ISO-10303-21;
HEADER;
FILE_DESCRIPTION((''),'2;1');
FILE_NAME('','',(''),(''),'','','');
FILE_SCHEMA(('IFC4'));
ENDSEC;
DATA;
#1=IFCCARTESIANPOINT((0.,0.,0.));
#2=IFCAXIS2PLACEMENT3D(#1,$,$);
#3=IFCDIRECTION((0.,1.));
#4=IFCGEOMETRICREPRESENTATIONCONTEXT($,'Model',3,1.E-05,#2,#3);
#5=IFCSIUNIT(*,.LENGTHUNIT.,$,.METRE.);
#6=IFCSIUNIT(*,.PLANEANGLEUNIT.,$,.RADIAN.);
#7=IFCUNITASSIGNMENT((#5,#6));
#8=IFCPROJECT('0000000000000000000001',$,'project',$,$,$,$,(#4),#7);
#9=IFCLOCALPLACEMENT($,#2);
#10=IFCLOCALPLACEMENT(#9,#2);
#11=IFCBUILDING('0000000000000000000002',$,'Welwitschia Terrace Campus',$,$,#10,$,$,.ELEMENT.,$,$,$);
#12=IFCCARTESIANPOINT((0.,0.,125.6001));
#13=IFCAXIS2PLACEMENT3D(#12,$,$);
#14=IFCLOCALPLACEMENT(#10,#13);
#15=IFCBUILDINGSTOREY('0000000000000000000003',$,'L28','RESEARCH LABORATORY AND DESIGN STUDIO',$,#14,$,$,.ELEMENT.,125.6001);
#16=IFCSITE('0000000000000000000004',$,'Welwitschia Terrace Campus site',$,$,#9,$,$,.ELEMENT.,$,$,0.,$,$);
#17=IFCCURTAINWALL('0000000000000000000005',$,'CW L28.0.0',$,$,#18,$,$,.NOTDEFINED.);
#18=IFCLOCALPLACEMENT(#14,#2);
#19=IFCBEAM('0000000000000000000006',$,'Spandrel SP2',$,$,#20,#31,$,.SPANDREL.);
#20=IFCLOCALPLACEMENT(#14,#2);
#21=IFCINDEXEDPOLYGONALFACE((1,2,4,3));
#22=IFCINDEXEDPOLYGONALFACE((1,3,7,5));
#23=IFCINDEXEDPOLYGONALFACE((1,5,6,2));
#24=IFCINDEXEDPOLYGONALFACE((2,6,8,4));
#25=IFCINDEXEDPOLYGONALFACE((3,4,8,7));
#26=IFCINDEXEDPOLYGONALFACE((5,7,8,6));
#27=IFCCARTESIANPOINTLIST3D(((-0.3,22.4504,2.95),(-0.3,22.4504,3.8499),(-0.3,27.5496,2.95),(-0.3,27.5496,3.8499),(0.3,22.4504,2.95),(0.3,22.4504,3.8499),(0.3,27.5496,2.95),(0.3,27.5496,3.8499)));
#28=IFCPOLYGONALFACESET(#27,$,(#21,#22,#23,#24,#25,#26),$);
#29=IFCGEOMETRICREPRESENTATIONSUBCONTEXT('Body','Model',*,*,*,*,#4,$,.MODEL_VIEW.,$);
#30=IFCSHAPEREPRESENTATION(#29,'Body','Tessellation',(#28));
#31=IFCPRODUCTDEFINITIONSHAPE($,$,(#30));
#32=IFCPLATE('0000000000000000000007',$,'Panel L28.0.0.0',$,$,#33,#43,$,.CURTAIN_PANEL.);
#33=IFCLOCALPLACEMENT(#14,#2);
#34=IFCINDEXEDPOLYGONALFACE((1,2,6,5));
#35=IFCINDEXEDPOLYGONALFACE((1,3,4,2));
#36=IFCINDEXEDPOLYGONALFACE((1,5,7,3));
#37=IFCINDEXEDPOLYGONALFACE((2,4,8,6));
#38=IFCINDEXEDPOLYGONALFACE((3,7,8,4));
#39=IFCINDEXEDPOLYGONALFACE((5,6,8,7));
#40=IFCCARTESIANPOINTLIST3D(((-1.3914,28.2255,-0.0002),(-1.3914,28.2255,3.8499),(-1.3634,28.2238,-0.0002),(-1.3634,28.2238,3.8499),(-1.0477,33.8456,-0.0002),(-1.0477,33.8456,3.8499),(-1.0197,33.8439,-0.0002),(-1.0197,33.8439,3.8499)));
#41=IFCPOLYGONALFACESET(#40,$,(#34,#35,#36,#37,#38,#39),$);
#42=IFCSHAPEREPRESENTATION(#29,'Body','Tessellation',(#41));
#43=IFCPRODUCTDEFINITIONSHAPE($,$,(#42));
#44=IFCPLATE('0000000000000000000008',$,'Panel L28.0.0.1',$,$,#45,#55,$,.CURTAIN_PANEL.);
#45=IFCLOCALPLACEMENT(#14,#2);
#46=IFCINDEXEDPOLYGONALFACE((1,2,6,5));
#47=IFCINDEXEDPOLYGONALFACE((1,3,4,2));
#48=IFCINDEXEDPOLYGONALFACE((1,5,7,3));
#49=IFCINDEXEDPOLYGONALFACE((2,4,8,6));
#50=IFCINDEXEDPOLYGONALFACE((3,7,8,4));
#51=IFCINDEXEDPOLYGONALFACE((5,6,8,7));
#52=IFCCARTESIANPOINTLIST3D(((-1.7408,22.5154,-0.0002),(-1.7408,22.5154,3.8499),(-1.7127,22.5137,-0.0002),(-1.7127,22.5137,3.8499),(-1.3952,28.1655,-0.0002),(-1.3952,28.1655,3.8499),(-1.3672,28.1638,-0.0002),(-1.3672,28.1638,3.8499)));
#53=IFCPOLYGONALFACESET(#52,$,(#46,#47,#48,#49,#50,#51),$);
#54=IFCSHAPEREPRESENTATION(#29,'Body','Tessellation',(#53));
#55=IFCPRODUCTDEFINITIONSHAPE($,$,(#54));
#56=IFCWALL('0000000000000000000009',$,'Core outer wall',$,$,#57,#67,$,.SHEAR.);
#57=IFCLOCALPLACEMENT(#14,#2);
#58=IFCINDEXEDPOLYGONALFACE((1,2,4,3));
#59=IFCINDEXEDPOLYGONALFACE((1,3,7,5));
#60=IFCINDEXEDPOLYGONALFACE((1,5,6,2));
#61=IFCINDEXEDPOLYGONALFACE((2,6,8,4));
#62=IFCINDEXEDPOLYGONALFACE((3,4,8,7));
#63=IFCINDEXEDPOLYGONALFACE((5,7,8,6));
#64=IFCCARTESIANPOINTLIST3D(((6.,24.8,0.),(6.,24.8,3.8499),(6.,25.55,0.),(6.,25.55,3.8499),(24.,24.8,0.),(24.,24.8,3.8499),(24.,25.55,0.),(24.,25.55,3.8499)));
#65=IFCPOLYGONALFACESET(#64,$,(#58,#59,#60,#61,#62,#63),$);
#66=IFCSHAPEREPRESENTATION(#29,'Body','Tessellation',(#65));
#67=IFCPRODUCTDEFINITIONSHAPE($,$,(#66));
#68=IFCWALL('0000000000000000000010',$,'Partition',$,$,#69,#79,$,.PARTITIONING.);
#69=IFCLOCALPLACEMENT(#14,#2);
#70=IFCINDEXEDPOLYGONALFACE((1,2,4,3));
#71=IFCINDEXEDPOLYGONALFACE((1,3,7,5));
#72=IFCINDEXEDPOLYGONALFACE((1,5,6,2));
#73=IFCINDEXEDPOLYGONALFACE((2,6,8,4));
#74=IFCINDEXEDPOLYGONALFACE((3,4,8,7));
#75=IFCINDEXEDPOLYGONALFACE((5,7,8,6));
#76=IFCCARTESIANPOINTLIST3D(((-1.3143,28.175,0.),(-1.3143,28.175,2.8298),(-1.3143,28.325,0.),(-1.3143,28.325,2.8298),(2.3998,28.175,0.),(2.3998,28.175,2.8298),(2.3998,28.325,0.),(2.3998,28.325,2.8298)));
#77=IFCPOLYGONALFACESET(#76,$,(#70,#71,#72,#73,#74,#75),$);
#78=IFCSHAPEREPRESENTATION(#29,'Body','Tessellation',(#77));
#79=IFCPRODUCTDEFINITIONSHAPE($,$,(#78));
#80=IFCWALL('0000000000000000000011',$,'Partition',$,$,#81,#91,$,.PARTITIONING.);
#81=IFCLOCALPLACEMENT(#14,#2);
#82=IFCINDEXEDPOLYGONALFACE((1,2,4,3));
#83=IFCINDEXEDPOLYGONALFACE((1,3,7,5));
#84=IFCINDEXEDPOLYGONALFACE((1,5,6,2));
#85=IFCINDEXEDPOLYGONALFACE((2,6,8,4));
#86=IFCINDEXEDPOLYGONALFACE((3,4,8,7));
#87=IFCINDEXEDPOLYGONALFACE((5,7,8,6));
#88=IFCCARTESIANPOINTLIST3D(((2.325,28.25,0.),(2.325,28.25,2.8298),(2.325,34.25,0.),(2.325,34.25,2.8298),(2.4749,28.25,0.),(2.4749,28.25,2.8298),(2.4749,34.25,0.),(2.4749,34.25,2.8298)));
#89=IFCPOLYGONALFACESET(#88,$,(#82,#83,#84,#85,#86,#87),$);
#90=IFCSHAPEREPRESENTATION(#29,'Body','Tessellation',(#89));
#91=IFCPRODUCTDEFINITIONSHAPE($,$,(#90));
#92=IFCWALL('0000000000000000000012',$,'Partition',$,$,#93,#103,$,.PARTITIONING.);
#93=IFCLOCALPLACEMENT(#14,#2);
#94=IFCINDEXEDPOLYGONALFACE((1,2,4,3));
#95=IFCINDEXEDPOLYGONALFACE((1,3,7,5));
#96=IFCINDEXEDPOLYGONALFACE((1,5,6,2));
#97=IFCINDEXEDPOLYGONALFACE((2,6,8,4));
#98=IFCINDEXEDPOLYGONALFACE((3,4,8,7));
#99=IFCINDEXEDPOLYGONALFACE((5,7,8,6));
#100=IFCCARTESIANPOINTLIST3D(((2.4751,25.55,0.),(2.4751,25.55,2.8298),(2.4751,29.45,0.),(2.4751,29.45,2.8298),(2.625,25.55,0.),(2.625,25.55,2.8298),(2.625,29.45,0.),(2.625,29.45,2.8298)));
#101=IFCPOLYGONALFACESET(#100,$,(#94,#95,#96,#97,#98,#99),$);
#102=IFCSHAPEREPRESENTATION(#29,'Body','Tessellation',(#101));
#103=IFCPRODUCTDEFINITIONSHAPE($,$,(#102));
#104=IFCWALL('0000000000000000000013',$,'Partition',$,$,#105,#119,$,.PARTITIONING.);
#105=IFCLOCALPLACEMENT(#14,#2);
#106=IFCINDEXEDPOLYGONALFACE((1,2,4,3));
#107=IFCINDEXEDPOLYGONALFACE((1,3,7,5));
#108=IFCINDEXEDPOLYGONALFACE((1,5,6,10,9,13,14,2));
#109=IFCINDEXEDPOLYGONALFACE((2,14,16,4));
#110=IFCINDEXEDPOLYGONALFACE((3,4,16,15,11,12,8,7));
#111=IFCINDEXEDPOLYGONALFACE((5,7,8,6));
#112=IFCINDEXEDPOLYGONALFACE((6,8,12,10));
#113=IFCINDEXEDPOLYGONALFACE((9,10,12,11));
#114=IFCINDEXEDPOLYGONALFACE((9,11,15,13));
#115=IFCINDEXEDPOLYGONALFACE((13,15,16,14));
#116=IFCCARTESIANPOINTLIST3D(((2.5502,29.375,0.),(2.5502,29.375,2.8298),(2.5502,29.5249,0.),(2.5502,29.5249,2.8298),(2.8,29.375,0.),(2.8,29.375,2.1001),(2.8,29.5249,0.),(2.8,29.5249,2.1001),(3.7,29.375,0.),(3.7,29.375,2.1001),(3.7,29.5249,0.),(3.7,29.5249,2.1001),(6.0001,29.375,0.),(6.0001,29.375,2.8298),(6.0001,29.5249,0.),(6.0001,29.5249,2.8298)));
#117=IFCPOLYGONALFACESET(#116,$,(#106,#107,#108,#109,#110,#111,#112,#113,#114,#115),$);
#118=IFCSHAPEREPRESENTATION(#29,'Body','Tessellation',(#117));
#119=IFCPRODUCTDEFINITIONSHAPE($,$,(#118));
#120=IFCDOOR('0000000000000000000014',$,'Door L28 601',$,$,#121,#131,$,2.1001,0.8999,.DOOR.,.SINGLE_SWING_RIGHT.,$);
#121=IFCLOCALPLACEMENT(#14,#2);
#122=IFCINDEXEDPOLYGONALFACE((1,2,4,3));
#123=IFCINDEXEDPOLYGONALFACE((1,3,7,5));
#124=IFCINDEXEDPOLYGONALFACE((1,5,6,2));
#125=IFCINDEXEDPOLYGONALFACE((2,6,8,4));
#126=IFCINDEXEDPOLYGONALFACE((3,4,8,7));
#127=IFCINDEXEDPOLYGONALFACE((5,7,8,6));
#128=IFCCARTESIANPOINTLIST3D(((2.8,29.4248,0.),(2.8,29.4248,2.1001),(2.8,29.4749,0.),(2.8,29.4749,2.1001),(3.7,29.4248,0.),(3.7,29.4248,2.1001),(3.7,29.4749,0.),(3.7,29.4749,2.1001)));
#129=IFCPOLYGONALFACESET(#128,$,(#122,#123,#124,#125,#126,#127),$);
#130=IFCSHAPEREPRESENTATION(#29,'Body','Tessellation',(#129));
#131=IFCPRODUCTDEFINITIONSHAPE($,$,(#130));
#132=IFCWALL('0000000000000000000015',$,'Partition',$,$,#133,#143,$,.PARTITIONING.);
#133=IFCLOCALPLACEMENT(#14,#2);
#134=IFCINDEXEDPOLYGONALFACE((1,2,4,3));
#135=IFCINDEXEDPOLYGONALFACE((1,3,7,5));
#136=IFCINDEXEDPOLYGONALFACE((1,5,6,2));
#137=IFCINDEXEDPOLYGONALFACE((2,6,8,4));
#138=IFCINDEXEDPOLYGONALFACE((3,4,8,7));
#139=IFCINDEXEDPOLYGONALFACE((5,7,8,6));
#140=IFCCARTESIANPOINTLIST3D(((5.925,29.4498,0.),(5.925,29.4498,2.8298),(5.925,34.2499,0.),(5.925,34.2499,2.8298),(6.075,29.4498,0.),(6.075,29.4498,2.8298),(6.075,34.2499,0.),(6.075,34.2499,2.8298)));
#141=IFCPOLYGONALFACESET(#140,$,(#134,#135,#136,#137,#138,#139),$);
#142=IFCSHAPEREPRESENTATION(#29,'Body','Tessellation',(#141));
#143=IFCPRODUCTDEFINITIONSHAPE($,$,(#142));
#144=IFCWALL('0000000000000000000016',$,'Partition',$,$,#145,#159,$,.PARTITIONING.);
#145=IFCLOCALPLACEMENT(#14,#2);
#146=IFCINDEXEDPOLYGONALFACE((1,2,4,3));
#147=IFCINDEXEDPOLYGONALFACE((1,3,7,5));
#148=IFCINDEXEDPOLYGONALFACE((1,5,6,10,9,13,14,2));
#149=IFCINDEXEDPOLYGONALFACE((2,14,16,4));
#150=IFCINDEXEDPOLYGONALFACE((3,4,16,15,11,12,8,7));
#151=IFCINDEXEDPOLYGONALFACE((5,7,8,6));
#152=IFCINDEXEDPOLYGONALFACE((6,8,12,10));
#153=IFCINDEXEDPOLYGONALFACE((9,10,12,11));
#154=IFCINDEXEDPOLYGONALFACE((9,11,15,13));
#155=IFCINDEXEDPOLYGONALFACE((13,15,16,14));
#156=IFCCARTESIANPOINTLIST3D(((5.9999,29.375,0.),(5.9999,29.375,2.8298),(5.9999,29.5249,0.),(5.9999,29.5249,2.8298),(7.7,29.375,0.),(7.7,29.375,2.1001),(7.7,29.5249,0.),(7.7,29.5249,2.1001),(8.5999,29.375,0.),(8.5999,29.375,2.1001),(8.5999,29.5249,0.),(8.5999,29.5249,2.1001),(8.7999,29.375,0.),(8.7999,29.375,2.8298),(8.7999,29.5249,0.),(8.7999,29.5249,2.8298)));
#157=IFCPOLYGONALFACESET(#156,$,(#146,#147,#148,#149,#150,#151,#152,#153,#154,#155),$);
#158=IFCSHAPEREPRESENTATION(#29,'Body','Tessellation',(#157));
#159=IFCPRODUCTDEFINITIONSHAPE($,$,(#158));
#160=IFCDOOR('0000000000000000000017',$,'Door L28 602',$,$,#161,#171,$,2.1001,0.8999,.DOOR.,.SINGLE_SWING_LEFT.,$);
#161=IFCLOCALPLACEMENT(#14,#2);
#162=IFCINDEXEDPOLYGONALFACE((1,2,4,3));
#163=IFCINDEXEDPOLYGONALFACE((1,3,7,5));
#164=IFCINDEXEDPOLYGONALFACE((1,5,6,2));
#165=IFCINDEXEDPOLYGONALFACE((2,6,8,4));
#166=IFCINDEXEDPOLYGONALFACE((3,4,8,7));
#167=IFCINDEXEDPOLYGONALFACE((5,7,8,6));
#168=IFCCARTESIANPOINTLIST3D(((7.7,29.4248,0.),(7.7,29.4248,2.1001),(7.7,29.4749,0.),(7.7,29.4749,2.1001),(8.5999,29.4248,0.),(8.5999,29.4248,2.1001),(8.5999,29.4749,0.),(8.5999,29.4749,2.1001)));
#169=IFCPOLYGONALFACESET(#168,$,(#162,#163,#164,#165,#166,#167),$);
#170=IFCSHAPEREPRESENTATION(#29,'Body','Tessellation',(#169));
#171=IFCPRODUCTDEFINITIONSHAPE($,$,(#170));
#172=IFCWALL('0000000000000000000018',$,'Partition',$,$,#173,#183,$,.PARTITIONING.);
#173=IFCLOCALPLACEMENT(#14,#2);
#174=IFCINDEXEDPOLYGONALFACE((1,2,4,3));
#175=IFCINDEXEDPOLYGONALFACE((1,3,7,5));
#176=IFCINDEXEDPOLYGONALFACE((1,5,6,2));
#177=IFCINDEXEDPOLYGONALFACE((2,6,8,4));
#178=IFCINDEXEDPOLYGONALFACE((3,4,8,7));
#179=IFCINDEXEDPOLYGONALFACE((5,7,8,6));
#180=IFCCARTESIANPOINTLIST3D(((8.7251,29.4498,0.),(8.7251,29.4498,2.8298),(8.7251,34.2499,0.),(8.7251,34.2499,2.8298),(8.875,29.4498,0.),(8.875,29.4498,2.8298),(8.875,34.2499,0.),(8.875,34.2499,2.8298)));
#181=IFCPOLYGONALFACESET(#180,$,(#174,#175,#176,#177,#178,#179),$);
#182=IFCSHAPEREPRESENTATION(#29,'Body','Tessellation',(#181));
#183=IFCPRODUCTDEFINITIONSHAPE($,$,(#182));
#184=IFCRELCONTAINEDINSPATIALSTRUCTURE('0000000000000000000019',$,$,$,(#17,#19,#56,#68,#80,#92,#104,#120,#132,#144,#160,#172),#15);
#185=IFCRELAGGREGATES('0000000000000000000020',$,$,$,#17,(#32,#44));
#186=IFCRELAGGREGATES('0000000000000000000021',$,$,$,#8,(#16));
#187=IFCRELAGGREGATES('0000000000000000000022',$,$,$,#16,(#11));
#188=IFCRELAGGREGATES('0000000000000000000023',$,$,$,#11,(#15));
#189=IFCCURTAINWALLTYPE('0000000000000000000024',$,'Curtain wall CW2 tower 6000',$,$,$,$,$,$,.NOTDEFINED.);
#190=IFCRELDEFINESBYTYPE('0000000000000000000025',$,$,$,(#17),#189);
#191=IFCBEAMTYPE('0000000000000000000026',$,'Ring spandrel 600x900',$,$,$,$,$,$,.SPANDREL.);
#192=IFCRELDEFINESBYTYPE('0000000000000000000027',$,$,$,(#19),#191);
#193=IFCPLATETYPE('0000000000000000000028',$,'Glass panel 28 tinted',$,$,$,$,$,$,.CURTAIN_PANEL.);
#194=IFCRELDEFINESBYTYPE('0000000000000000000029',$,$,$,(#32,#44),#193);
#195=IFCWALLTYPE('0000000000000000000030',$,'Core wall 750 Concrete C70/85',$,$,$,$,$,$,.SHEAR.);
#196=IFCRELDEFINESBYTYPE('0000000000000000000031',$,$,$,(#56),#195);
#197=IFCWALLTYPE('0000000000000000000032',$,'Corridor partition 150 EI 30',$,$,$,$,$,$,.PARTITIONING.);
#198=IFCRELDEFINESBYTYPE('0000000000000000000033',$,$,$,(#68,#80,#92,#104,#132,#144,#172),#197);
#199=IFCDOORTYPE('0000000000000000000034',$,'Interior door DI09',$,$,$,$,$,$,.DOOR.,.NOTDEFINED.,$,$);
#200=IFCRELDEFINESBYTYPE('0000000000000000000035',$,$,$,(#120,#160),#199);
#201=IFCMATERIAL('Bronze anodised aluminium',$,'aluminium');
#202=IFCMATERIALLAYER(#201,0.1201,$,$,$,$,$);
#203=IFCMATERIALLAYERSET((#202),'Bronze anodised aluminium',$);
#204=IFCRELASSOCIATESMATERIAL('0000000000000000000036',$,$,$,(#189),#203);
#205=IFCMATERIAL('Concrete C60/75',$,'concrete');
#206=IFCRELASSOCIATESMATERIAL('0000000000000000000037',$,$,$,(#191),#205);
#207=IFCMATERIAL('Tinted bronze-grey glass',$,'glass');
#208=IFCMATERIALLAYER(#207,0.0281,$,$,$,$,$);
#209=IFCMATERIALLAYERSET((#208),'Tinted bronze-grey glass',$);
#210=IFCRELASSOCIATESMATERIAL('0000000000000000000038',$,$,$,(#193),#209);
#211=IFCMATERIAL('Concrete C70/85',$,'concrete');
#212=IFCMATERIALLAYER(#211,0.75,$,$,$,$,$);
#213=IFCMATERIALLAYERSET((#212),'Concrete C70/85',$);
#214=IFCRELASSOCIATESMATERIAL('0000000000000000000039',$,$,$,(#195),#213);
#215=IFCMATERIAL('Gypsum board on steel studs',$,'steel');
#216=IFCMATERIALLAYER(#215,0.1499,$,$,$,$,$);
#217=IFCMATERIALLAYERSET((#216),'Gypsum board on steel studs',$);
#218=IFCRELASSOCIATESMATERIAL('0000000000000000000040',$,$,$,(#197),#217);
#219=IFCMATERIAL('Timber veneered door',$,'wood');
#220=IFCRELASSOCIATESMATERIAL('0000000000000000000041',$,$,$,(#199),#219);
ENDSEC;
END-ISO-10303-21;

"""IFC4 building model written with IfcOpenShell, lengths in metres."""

from ifc_helpers import new_model, si_unit, direction, frame, frame_2d, origin, origin_2d, place, context, subcontext, project, spatial, rectangle, extrude, material, layer, layer_set, material_profile, profile_set, type_object, element, fill, aggregate, save


model = new_model("IFC4")

# Units and contexts
model_context = context("Model", 3, precision=1e-05, world=origin(), true_north=direction((0.0, 1.0)))
body_context = subcontext(model_context, "Body", "Model", "MODEL_VIEW")
ifc_project = project(units=[si_unit("LENGTHUNIT", "METRE"), si_unit("PLANEANGLEUNIT", "RADIAN")], contexts=[model_context])

# Site, building, storey
site_placement = place(None, origin())
site = spatial("IfcSite", under=ifc_project, at=site_placement, Name="Welwitschia Terrace Campus site", CompositionType="ELEMENT", RefElevation=0.0)
building_placement = place(site_placement, origin())
building = spatial("IfcBuilding", under=site, at=building_placement, Name="Welwitschia Terrace Campus", CompositionType="ELEMENT")
storey_placement = place(building_placement, frame((0.0, 0.0, 125.6001)))
storey = spatial("IfcBuildingStorey", under=building, at=storey_placement, Name="L28", Description="RESEARCH LABORATORY AND DESIGN STUDIO", CompositionType="ELEMENT", Elevation=125.6001)

# Curtain wall
ifc_material_1 = material(Name="Bronze anodised aluminium", Category="aluminium")
ifc_layer_1 = layer(ifc_material_1, 0.1201)
ifc_layer_set_1 = layer_set([ifc_layer_1], Name="Bronze anodised aluminium")
curtain_wall_type = type_object("IfcCurtainWallType", Name="Curtain wall CW2 tower 6000", PredefinedType="NOTDEFINED", material=ifc_layer_set_1)
curtain_wall_placement = place(storey_placement, origin())
curtain_wall = element("IfcCurtainWall", 1, at=curtain_wall_placement, inside=storey, type_object=curtain_wall_type, Name="CW L28.0.0", PredefinedType="NOTDEFINED")

# Beam
ifc_material_2 = material(Name="Concrete C60/75", Category="concrete")
ifc_material_profile_1 = material_profile(ifc_material_2, rectangle(XDim=0.6001, YDim=0.8999, at=origin_2d()))
ifc_profile_set_1 = profile_set([ifc_material_profile_1], Name="Concrete C60/75")
beam_type_1 = type_object("IfcBeamType", Name="Ring spandrel 600x900", PredefinedType="SPANDREL", material=ifc_profile_set_1)
beam_1_placement = place(storey_placement, frame((0.0, 27.5496, 3.3999), z_axis=(0.0, -1.0, 0.0), x_axis=(1.0, 0.0, 0.0)))
element("IfcBeam", 2, at=beam_1_placement, inside=storey, type_object=beam_type_1, Name="Spandrel SP2", PredefinedType="SPANDREL", context=body_context, shape_type="SweptSolid", body=[
    extrude(rectangle(XDim=0.6001, YDim=0.8999, at=origin_2d()), origin(), (0.0, 0.0, 1.0), 5.0991),
])

# Plates
ifc_material_3 = material(Name="Tinted bronze-grey glass", Category="glass")
ifc_layer_2 = layer(ifc_material_3, 0.0281)
ifc_layer_set_2 = layer_set([ifc_layer_2], Name="Tinted bronze-grey glass")
plate_type = type_object("IfcPlateType", Name="Glass panel 28 tinted", PredefinedType="CURTAIN_PANEL", material=ifc_layer_set_2)
plate_1_placement = place(storey_placement, frame((-1.2056, 31.0347, -0.0002), z_axis=(0.0, 0.0, 1.0), x_axis=(-0.061049, -0.998135, 0.0)))
plate_1 = element("IfcPlate", 3, at=plate_1_placement, type_object=plate_type, Name="Panel L28.0.0.0", PredefinedType="CURTAIN_PANEL", context=body_context, shape_type="SweptSolid", body=[
    extrude(rectangle(XDim=5.6306, YDim=0.0281, at=origin_2d()), origin(), (0.0, 0.0, 1.0), 3.8501),
])
plate_2_placement = place(storey_placement, frame((-1.554, 25.3396, -0.0002), z_axis=(0.0, 0.0, 1.0), x_axis=(-0.061049, -0.998135, 0.0)))
plate_2 = element("IfcPlate", 4, at=plate_2_placement, type_object=plate_type, Name="Panel L28.0.0.1", PredefinedType="CURTAIN_PANEL", context=body_context, shape_type="SweptSolid", body=[
    extrude(rectangle(XDim=5.6606, YDim=0.0281, at=origin_2d()), origin(), (0.0, 0.0, 1.0), 3.8501),
])
aggregate(curtain_wall, [plate_1, plate_2])

# Walls
ifc_material_4 = material(Name="Concrete C70/85", Category="concrete")
ifc_layer_3 = layer(ifc_material_4, 0.75)
ifc_layer_set_3 = layer_set([ifc_layer_3], Name="Concrete C70/85")
wall_type_1 = type_object("IfcWallType", Name="Core wall 750 Concrete C70/85", PredefinedType="SHEAR", material=ifc_layer_set_3)
wall_1_placement = place(storey_placement, frame((6.0, 25.175, 0.0), z_axis=(0.0, 0.0, 1.0), x_axis=(1.0, 0.0, 0.0)))
element("IfcWall", 5, at=wall_1_placement, inside=storey, type_object=wall_type_1, Name="Core outer wall", PredefinedType="SHEAR", context=body_context, shape_type="SweptSolid", body=[
    extrude(rectangle(XDim=18.0, YDim=0.75, at=frame_2d((9.0, 0.0))), origin(), (0.0, 0.0, 1.0), 3.8499),
])
ifc_material_5 = material(Name="Gypsum board on steel studs", Category="steel")
ifc_layer_4 = layer(ifc_material_5, 0.1499)
ifc_layer_set_4 = layer_set([ifc_layer_4], Name="Gypsum board on steel studs")
wall_type_2 = type_object("IfcWallType", Name="Corridor partition 150 EI 30", PredefinedType="PARTITIONING", material=ifc_layer_set_4)
wall_2_placement = place(storey_placement, frame((-1.3142, 28.25, 0.0), z_axis=(0.0, 0.0, 1.0), x_axis=(1.0, 0.0, 0.0)))
element("IfcWall", 6, at=wall_2_placement, inside=storey, type_object=wall_type_2, Name="Partition", PredefinedType="PARTITIONING", context=body_context, shape_type="SweptSolid", body=[
    extrude(rectangle(XDim=3.7141, YDim=0.1499, at=frame_2d((1.8569, 0.0))), origin(), (0.0, 0.0, 1.0), 2.8298),
])
wall_3_placement = place(storey_placement, frame((2.3999, 28.25, 0.0), z_axis=(0.0, 0.0, 1.0), x_axis=(0.0, 1.0, 0.0)))
element("IfcWall", 7, at=wall_3_placement, inside=storey, type_object=wall_type_2, Name="Partition", PredefinedType="PARTITIONING", context=body_context, shape_type="SweptSolid", body=[
    extrude(rectangle(XDim=6.0, YDim=0.1499, at=frame_2d((3.0, 0.0))), origin(), (0.0, 0.0, 1.0), 2.8298),
])
wall_4_placement = place(storey_placement, frame((2.55, 25.55, 0.0), z_axis=(0.0, 0.0, 1.0), x_axis=(0.0, 1.0, 0.0)))
element("IfcWall", 8, at=wall_4_placement, inside=storey, type_object=wall_type_2, Name="Partition", PredefinedType="PARTITIONING", context=body_context, shape_type="SweptSolid", body=[
    extrude(rectangle(XDim=3.8999, YDim=0.1499, at=frame_2d((1.95, 0.0))), origin(), (0.0, 0.0, 1.0), 2.8298),
])

# Wall, opening, door
wall_5_placement = place(storey_placement, frame((2.55, 29.45, 0.0), z_axis=(0.0, 0.0, 1.0), x_axis=(1.0, 0.0, 0.0)))
wall_5 = element("IfcWall", 9, at=wall_5_placement, inside=storey, type_object=wall_type_2, Name="Partition", PredefinedType="PARTITIONING", context=body_context, shape_type="SweptSolid", body=[
    extrude(rectangle(XDim=3.45, YDim=0.1499, at=frame_2d((1.7251, 0.0))), origin(), (0.0, 0.0, 1.0), 2.8298),
])
opening_1_placement = place(wall_5_placement, frame((0.25, 0.0, 0.0)))
opening_1 = element("IfcOpeningElement", 10, at=opening_1_placement, cuts=wall_5, PredefinedType="OPENING", context=body_context, shape_type="SweptSolid", body=[
    extrude(rectangle(XDim=0.8999, YDim=2.1001, at=frame_2d((0.45, 1.05))), frame((0.0, 0.085, 0.0), z_axis=(0.0, -1.0, 0.0), x_axis=(1.0, 0.0, 0.0)), (0.0, 0.0, 1.0), 0.1699),
])
ifc_material_6 = material(Name="Timber veneered door", Category="wood")
door_type = type_object("IfcDoorType", Name="Interior door DI09", OperationType="NOTDEFINED", PredefinedType="DOOR", material=ifc_material_6)
door_1_placement = place(opening_1_placement, origin())
door_1 = element("IfcDoor", 11, at=door_1_placement, inside=storey, type_object=door_type, Name="Door L28 601", OperationType="SINGLE_SWING_RIGHT", OverallHeight=2.1001, OverallWidth=0.8999, PredefinedType="DOOR", context=body_context, shape_type="SweptSolid", body=[
    extrude(rectangle(XDim=0.8999, YDim=2.1001, at=frame_2d((0.45, 1.05))), frame((0.0, 0.0249, 0.0), z_axis=(0.0, -1.0, 0.0), x_axis=(1.0, 0.0, 0.0)), (0.0, 0.0, 1.0), 0.05),
])
fill(opening_1, door_1)

# Wall
wall_6_placement = place(storey_placement, frame((6.0, 29.45, 0.0), z_axis=(0.0, 0.0, 1.0), x_axis=(0.0, 1.0, 0.0)))
element("IfcWall", 12, at=wall_6_placement, inside=storey, type_object=wall_type_2, Name="Partition", PredefinedType="PARTITIONING", context=body_context, shape_type="SweptSolid", body=[
    extrude(rectangle(XDim=4.8, YDim=0.1499, at=frame_2d((2.3999, 0.0))), origin(), (0.0, 0.0, 1.0), 2.8298),
])

# Wall, opening, door
wall_7_placement = place(storey_placement, frame((6.0, 29.45, 0.0), z_axis=(0.0, 0.0, 1.0), x_axis=(1.0, 0.0, 0.0)))
wall_7 = element("IfcWall", 13, at=wall_7_placement, inside=storey, type_object=wall_type_2, Name="Partition", PredefinedType="PARTITIONING", context=body_context, shape_type="SweptSolid", body=[
    extrude(rectangle(XDim=2.8, YDim=0.1499, at=frame_2d((1.3999, 0.0))), origin(), (0.0, 0.0, 1.0), 2.8298),
])
opening_2_placement = place(wall_7_placement, frame((1.7, 0.0, 0.0)))
opening_2 = element("IfcOpeningElement", 14, at=opening_2_placement, cuts=wall_7, PredefinedType="OPENING", context=body_context, shape_type="SweptSolid", body=[
    extrude(rectangle(XDim=0.8999, YDim=2.1001, at=frame_2d((0.45, 1.05))), frame((0.0, 0.085, 0.0), z_axis=(0.0, -1.0, 0.0), x_axis=(1.0, 0.0, 0.0)), (0.0, 0.0, 1.0), 0.1699),
])
door_2_placement = place(opening_2_placement, origin())
door_2 = element("IfcDoor", 15, at=door_2_placement, inside=storey, type_object=door_type, Name="Door L28 602", OperationType="SINGLE_SWING_LEFT", OverallHeight=2.1001, OverallWidth=0.8999, PredefinedType="DOOR", context=body_context, shape_type="SweptSolid", body=[
    extrude(rectangle(XDim=0.8999, YDim=2.1001, at=frame_2d((0.45, 1.05))), frame((0.0, 0.0249, 0.0), z_axis=(0.0, -1.0, 0.0), x_axis=(1.0, 0.0, 0.0)), (0.0, 0.0, 1.0), 0.05),
])
fill(opening_2, door_2)

# Wall
wall_8_placement = place(storey_placement, frame((8.8, 29.45, 0.0), z_axis=(0.0, 0.0, 1.0), x_axis=(0.0, 1.0, 0.0)))
element("IfcWall", 16, at=wall_8_placement, inside=storey, type_object=wall_type_2, Name="Partition", PredefinedType="PARTITIONING", context=body_context, shape_type="SweptSolid", body=[
    extrude(rectangle(XDim=4.8, YDim=0.1499, at=frame_2d((2.3999, 0.0))), origin(), (0.0, 0.0, 1.0), 2.8298),
])

save(model, "model.ifc")
